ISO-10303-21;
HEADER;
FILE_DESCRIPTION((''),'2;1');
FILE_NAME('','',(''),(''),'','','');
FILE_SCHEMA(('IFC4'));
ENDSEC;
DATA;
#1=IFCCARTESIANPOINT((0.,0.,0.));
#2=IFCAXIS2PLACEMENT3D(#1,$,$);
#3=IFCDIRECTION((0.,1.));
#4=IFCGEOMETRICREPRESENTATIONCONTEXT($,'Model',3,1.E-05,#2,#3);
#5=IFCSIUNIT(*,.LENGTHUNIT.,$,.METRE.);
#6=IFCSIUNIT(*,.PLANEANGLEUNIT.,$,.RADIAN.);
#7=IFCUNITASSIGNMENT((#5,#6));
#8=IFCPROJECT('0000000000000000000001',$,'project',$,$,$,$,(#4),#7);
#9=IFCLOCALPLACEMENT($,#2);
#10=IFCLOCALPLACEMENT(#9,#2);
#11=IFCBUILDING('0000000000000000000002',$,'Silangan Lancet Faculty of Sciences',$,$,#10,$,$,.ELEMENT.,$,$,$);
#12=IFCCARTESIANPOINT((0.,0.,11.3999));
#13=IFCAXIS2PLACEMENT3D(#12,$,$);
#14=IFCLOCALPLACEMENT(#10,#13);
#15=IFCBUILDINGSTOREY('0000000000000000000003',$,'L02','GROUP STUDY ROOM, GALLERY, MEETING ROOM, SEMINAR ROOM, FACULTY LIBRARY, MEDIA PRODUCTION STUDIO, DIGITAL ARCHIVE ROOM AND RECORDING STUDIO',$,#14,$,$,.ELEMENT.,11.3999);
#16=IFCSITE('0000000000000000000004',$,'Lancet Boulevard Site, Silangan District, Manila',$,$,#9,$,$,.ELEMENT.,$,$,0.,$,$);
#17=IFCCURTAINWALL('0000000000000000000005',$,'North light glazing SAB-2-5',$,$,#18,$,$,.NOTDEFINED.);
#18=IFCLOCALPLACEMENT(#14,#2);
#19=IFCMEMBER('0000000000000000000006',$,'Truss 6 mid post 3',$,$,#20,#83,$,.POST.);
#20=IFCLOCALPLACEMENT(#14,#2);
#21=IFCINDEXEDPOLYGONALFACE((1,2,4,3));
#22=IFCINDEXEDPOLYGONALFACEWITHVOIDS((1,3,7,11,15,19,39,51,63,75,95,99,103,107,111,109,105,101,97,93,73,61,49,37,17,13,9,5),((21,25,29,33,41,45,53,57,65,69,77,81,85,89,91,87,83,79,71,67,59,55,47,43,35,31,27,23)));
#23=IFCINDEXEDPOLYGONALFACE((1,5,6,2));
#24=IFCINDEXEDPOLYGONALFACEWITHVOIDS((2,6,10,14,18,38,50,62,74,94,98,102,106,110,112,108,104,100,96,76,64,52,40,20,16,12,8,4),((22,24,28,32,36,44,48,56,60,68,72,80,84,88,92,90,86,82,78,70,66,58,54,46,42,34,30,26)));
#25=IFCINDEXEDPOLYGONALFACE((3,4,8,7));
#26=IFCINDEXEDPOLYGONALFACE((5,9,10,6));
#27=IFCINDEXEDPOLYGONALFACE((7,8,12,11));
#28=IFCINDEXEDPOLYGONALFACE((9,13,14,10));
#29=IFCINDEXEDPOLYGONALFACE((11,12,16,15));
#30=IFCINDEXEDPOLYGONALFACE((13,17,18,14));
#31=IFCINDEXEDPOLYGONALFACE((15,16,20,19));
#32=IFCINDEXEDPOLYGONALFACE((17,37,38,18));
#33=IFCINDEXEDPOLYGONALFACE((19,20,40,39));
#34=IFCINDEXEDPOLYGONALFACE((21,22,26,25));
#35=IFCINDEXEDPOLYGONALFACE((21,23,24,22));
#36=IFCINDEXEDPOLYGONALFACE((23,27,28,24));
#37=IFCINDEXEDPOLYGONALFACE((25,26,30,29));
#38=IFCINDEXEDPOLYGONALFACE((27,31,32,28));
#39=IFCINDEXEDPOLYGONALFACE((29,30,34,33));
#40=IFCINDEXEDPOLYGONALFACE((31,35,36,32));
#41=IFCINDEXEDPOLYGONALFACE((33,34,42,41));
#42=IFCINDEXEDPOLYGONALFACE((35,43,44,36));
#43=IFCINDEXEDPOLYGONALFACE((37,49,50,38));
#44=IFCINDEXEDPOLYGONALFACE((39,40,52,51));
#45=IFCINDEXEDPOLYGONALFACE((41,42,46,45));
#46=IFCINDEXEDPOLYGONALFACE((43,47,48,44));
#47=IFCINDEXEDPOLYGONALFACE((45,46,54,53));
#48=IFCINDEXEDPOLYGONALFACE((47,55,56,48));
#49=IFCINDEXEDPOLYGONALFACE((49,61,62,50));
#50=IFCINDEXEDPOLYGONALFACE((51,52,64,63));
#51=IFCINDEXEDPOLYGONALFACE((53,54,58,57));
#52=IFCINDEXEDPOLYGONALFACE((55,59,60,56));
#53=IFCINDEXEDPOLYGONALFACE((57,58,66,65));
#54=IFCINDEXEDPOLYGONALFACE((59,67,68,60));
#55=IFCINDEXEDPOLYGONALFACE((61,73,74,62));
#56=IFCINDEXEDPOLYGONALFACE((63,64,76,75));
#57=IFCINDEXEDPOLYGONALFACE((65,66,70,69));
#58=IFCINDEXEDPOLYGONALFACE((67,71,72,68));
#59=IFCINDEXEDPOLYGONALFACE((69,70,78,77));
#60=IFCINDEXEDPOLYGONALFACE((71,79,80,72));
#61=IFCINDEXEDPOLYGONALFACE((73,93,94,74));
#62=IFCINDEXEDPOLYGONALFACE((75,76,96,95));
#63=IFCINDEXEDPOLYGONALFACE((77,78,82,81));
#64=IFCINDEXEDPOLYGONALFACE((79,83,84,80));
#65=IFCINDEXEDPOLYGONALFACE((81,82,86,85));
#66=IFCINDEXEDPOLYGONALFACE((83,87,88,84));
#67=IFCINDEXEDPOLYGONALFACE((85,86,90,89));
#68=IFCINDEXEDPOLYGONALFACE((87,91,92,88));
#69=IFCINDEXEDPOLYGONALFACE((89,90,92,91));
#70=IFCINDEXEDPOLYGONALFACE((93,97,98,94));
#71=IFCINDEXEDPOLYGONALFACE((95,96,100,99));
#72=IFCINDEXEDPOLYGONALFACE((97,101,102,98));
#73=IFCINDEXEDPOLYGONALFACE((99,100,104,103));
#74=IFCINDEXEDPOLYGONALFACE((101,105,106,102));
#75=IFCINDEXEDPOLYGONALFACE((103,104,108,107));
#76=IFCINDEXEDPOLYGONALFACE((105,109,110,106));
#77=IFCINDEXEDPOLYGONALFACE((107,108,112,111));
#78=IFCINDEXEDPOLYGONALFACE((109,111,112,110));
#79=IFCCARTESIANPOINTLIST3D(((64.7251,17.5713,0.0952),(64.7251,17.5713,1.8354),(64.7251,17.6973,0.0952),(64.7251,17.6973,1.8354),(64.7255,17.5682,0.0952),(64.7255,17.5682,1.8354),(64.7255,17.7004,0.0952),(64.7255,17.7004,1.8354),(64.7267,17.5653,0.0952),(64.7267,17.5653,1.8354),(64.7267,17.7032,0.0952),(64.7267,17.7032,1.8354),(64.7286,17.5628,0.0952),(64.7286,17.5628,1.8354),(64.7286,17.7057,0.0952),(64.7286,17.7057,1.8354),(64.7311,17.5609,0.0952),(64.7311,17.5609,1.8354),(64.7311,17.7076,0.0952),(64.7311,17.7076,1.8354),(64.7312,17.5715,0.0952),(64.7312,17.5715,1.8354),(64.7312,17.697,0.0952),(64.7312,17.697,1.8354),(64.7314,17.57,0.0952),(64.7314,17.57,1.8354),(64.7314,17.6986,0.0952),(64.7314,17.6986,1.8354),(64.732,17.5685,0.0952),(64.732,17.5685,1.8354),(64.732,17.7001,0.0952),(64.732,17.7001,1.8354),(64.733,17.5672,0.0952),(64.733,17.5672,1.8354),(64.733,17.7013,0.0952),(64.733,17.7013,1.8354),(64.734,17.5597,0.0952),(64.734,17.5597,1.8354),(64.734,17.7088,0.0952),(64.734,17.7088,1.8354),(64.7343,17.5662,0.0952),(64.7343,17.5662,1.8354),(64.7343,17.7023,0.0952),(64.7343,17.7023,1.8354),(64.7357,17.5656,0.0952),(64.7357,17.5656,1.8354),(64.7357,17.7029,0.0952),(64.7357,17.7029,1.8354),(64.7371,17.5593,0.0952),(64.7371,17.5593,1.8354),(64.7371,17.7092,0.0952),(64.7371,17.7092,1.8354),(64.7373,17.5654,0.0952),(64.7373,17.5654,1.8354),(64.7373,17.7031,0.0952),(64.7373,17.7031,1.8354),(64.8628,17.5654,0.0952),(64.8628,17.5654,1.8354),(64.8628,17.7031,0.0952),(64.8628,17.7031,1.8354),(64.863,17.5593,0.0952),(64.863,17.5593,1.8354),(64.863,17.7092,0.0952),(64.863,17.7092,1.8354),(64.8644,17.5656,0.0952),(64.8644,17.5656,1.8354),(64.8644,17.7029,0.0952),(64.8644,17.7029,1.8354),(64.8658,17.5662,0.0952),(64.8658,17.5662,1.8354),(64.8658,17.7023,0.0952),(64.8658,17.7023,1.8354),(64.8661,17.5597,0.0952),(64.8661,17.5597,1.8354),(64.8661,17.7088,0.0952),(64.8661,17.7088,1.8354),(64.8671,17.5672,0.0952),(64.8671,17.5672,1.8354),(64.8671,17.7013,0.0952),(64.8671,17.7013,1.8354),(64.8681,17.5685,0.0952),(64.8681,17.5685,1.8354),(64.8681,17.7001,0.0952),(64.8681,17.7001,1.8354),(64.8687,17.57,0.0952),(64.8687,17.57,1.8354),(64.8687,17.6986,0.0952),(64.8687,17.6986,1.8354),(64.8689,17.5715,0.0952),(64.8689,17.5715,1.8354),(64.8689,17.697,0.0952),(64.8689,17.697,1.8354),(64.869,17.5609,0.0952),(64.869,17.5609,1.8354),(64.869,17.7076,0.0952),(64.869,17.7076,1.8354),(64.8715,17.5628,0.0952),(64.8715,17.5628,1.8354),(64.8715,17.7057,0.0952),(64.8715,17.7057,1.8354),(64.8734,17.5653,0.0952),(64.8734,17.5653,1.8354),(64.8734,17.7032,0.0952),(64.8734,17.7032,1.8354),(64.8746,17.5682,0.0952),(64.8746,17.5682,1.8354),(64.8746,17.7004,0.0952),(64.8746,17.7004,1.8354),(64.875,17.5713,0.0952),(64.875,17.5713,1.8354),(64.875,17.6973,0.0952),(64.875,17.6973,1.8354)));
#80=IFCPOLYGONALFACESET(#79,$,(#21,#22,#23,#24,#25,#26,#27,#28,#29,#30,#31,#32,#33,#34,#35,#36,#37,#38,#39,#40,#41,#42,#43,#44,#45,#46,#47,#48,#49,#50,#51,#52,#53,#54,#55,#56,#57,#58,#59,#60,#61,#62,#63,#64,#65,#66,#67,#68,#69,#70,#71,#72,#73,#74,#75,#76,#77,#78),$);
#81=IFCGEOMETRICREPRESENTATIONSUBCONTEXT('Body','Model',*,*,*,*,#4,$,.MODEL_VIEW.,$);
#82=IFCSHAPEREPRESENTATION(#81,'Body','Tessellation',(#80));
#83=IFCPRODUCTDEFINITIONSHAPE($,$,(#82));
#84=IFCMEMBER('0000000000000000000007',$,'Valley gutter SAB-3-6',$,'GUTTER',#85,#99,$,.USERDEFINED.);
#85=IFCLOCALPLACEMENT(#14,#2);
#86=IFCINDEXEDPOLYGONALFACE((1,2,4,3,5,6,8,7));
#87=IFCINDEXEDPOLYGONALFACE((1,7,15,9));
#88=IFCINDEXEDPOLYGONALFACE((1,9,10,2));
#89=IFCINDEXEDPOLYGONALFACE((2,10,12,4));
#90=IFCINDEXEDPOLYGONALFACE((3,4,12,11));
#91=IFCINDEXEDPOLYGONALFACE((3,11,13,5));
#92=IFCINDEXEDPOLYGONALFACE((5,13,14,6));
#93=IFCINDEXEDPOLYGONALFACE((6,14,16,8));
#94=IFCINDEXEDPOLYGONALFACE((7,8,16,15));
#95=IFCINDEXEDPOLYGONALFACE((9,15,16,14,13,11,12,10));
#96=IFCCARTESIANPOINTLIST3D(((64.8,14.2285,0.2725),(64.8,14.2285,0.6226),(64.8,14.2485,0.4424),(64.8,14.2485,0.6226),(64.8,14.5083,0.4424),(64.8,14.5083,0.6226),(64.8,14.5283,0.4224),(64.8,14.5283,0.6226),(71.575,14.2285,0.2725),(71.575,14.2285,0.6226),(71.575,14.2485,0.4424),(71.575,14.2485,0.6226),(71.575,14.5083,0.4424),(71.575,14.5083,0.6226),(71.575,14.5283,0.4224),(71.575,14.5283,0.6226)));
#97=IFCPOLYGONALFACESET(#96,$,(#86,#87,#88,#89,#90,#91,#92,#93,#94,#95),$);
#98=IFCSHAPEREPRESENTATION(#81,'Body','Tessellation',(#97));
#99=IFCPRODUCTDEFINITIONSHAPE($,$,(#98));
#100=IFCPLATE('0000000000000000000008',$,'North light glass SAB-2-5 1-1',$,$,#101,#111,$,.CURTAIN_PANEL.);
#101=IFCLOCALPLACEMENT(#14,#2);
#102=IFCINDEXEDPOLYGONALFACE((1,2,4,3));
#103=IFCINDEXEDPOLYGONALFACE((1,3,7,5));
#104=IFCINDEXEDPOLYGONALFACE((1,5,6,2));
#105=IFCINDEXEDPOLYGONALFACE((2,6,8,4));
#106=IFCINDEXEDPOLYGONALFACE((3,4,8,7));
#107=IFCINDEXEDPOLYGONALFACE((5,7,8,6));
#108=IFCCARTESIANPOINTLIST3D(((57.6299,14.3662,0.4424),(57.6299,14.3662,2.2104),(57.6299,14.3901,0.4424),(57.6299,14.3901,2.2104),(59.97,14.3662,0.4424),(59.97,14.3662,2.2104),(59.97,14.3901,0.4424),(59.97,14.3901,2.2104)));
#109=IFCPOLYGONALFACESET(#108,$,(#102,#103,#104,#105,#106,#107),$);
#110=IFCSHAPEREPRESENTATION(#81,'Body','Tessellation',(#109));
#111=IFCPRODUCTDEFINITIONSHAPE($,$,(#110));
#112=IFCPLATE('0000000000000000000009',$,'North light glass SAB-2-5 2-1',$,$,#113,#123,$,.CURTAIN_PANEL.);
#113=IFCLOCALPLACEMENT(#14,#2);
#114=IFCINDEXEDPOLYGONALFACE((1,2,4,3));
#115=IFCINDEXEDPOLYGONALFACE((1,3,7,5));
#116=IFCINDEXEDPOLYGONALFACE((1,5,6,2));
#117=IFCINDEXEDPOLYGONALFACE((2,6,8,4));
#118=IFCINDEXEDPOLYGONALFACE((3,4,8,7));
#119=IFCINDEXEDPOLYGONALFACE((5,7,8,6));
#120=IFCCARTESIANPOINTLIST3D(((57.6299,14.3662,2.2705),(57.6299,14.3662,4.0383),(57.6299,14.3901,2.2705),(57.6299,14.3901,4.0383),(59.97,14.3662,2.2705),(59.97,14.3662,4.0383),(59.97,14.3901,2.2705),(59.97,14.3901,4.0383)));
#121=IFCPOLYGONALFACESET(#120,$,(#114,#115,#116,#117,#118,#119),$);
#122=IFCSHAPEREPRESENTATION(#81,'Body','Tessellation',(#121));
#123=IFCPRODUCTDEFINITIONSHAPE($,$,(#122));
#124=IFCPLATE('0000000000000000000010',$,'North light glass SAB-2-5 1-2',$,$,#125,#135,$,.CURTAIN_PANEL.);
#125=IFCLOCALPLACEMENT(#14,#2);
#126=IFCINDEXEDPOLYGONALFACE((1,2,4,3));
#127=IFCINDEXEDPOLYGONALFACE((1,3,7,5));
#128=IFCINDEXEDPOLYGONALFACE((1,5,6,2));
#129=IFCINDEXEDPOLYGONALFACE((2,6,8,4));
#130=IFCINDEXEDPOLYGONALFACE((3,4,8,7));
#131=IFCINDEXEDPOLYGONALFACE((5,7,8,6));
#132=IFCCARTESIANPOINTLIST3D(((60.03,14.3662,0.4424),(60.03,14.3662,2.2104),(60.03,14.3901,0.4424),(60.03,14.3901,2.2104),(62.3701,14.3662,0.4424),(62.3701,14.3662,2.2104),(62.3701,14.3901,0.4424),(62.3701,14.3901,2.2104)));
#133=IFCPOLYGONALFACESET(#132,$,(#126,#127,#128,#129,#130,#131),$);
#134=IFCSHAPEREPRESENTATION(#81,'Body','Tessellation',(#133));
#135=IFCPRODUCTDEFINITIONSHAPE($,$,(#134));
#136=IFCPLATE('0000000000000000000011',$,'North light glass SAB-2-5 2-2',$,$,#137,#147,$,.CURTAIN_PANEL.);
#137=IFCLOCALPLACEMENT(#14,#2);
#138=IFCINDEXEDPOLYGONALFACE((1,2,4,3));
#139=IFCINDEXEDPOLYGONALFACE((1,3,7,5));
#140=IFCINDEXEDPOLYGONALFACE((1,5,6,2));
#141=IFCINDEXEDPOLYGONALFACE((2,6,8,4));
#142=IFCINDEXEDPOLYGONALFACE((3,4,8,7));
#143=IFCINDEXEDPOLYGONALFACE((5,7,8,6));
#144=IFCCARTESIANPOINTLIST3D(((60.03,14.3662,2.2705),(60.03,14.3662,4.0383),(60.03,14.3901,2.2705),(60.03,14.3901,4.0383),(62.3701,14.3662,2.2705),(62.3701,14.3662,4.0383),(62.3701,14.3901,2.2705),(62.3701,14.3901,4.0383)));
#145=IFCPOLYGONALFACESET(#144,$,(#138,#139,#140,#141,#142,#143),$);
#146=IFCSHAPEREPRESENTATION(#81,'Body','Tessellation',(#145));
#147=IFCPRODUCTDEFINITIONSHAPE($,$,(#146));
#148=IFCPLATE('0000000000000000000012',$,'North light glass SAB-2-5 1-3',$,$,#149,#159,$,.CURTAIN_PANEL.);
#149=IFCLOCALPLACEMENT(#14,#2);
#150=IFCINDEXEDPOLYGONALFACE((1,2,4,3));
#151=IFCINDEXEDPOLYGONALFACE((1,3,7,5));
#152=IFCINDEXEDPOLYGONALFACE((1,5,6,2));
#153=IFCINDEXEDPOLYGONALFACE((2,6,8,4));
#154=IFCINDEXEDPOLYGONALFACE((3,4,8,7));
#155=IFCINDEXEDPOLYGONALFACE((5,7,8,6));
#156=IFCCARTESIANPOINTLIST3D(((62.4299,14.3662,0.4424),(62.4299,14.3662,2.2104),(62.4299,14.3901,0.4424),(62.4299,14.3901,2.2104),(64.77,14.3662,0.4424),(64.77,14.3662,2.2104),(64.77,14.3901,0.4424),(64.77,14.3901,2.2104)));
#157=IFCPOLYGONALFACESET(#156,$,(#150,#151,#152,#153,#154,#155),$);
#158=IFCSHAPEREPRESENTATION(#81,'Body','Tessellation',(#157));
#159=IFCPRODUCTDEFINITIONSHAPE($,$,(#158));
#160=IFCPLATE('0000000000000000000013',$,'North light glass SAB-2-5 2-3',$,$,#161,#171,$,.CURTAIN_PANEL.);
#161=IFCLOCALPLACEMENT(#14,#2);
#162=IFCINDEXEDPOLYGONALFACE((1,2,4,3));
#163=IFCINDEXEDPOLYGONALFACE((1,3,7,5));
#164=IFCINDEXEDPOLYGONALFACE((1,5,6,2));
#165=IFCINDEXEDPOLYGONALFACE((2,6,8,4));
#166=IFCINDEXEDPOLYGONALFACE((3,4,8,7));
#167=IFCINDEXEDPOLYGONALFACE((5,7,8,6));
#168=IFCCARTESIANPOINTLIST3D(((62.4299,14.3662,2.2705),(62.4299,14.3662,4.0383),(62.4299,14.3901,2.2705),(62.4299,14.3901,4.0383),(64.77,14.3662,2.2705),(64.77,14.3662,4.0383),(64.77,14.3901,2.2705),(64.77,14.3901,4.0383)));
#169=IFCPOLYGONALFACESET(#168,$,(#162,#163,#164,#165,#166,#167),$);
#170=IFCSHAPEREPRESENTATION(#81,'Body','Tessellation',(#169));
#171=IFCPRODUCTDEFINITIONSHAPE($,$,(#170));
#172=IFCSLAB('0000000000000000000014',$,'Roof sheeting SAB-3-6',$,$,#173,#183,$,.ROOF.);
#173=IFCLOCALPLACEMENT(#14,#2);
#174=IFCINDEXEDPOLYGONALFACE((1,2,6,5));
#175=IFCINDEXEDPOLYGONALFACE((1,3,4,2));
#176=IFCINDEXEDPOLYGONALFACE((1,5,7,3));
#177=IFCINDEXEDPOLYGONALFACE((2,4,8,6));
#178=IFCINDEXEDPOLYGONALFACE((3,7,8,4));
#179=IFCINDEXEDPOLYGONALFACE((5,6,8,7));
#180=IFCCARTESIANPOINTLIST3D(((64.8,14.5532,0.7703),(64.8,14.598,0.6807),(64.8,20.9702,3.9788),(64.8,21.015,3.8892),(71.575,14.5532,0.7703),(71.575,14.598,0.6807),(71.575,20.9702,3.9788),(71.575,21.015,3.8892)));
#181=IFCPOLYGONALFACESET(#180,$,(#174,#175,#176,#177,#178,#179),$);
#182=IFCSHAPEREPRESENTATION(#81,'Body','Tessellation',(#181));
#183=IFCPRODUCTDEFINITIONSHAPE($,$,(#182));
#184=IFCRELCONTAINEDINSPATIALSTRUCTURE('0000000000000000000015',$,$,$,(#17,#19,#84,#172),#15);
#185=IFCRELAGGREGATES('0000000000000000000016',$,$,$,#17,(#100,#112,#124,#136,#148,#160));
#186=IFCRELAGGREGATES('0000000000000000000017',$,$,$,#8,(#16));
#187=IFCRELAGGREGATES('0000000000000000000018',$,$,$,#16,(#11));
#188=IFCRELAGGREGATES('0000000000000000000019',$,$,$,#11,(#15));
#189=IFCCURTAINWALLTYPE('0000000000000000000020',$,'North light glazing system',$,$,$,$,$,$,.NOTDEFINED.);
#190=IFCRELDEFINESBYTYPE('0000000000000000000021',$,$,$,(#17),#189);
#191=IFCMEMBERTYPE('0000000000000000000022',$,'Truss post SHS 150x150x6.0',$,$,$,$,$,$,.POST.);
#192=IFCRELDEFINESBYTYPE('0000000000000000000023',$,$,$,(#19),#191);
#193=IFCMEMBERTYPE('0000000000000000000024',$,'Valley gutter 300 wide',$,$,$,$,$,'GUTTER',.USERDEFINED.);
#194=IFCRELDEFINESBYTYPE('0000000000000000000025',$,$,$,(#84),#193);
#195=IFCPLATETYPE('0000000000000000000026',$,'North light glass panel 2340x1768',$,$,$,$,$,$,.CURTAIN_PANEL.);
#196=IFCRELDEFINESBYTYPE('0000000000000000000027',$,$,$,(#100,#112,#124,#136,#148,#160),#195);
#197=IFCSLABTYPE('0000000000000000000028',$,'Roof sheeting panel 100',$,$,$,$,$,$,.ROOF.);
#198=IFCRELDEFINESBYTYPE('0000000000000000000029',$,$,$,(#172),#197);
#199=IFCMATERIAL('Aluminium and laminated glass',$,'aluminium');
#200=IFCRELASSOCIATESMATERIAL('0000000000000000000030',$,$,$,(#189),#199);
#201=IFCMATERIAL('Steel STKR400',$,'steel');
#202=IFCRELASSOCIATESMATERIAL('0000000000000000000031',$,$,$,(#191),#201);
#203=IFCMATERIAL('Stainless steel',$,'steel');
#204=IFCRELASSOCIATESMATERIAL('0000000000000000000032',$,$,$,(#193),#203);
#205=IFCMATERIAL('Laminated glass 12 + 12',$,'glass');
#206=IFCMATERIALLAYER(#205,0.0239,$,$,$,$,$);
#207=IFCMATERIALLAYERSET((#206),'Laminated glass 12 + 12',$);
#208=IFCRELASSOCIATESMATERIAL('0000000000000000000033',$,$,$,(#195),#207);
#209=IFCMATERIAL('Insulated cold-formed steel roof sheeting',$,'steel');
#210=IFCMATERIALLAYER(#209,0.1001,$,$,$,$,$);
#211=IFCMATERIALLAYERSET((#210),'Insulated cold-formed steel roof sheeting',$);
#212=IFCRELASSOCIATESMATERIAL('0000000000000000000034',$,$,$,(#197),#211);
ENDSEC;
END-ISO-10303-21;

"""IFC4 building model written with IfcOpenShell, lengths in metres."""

from ifc_helpers import new_model, si_unit, direction, frame, origin, origin_2d, place, context, subcontext, project, spatial, polyline, hollow_rectangle, outline, extrude, material, layer, layer_set, material_profile, profile_set, type_object, element, aggregate, save


model = new_model("IFC4")

# Units and contexts
model_context = context("Model", 3, precision=1e-05, world=origin(), true_north=direction((0.0, 1.0)))
body_context = subcontext(model_context, "Body", "Model", "MODEL_VIEW")
ifc_project = project(units=[si_unit("LENGTHUNIT", "METRE"), si_unit("PLANEANGLEUNIT", "RADIAN")], contexts=[model_context])

# Site, building, storey
site_placement = place(None, origin())
site = spatial("IfcSite", under=ifc_project, at=site_placement, Name="Lancet Boulevard Site, Silangan District, Manila", CompositionType="ELEMENT", RefElevation=0.0)
building_placement = place(site_placement, origin())
building = spatial("IfcBuilding", under=site, at=building_placement, Name="Silangan Lancet Faculty of Sciences", CompositionType="ELEMENT")
storey_placement = place(building_placement, frame((0.0, 0.0, 11.3999)))
storey = spatial("IfcBuildingStorey", under=building, at=storey_placement, Name="L02", Description="GROUP STUDY ROOM, GALLERY, MEETING ROOM, SEMINAR ROOM, FACULTY LIBRARY, MEDIA PRODUCTION STUDIO, DIGITAL ARCHIVE ROOM AND RECORDING STUDIO", CompositionType="ELEMENT", Elevation=11.3999)

# Curtain wall
ifc_material_1 = material(Name="Aluminium and laminated glass", Category="aluminium")
curtain_wall_type = type_object("IfcCurtainWallType", Name="North light glazing system", PredefinedType="NOTDEFINED", material=ifc_material_1)
curtain_wall_1_placement = place(storey_placement, origin())
curtain_wall_1 = element("IfcCurtainWall", 1, at=curtain_wall_1_placement, inside=storey, type_object=curtain_wall_type, Name="North light glazing SAB-2-5", PredefinedType="NOTDEFINED")

# Members
ifc_material_2 = material(Name="Steel STKR400", Category="steel")
ifc_material_profile_1 = material_profile(ifc_material_2, hollow_rectangle(XDim=0.1499, YDim=0.1499, WallThickness=0.0061, InnerFilletRadius=0.0061, OuterFilletRadius=0.012, at=origin_2d()), Name="SHS 150x150x6.0")
ifc_profile_set_1 = profile_set([ifc_material_profile_1], Name="Steel STKR400")
member_type_1 = type_object("IfcMemberType", Name="Truss post SHS 150x150x6.0", PredefinedType="POST", material=ifc_profile_set_1)
member_1_placement = place(storey_placement, frame((64.8, 17.6343, 0.0952), z_axis=(0.0, 0.0, 1.0), x_axis=(1.0, 0.0, 0.0)))
element("IfcMember", 2, at=member_1_placement, inside=storey, type_object=member_type_1, Name="Truss 6 mid post 3", PredefinedType="POST", context=body_context, shape_type="SweptSolid", body=[
    extrude(hollow_rectangle(XDim=0.1499, YDim=0.1499, WallThickness=0.0061, InnerFilletRadius=0.0061, OuterFilletRadius=0.012, at=origin_2d()), origin(), (0.0, 0.0, 1.0), 1.7402),
])
ifc_material_3 = material(Name="Stainless steel", Category="steel")
ifc_material_profile_2 = material_profile(ifc_material_3, outline(polyline([(-0.1499, 0.0), (0.1499, 0.1499), (0.1499, 0.3501), (0.1299, 0.3501), (0.1299, 0.1699), (-0.1299, 0.1699), (-0.1299, 0.3501), (-0.1499, 0.3501), (-0.1499, 0.0)])), Name="valley gutter")
ifc_profile_set_2 = profile_set([ifc_material_profile_2], Name="Stainless steel")
member_type_2 = type_object("IfcMemberType", Name="Valley gutter 300 wide", ElementType="GUTTER", PredefinedType="USERDEFINED", material=ifc_profile_set_2)
member_2_placement = place(storey_placement, frame((64.8, 14.3784, 0.2725), z_axis=(1.0, 0.0, 0.0), x_axis=(0.0, 1.0, 0.0)))
element("IfcMember", 3, at=member_2_placement, inside=storey, type_object=member_type_2, Name="Valley gutter SAB-3-6", ObjectType="GUTTER", PredefinedType="USERDEFINED", context=body_context, shape_type="SweptSolid", body=[
    extrude(outline(polyline([(-0.1499, 0.0), (0.1499, 0.1499), (0.1499, 0.3501), (0.1299, 0.3501), (0.1299, 0.1699), (-0.1299, 0.1699), (-0.1299, 0.3501), (-0.1499, 0.3501), (-0.1499, 0.0)])), origin(), (0.0, 0.0, 1.0), 6.7749),
])

# Plates
ifc_material_4 = material(Name="Laminated glass 12 + 12", Category="glass")
ifc_layer_1 = layer(ifc_material_4, 0.0239)
ifc_layer_set_1 = layer_set([ifc_layer_1], Name="Laminated glass 12 + 12")
plate_type = type_object("IfcPlateType", Name="North light glass panel 2340x1768", PredefinedType="CURTAIN_PANEL", material=ifc_layer_set_1)
plate_1_placement = place(storey_placement, frame((57.6299, 14.3662, 0.4424), z_axis=(0.0, -1.0, 0.0), x_axis=(1.0, 0.0, 0.0)))
plate_1 = element("IfcPlate", 4, at=plate_1_placement, type_object=plate_type, Name="North light glass SAB-2-5 1-1", PredefinedType="CURTAIN_PANEL", context=body_context, shape_type="SweptSolid", body=[
    extrude(outline(polyline([(0.0, 0.0), (2.3401, 0.0), (2.3401, 1.7681), (0.0, 1.7681), (0.0, 0.0)])), origin(), (0.0, 0.0, -1.0), 0.0239),
])
plate_2_placement = place(storey_placement, frame((57.6299, 14.3662, 2.2705), z_axis=(0.0, -1.0, 0.0), x_axis=(1.0, 0.0, 0.0)))
plate_2 = element("IfcPlate", 5, at=plate_2_placement, type_object=plate_type, Name="North light glass SAB-2-5 2-1", PredefinedType="CURTAIN_PANEL", context=body_context, shape_type="SweptSolid", body=[
    extrude(outline(polyline([(0.0, 0.0), (2.3401, 0.0), (2.3401, 1.7678), (0.0, 1.7678), (0.0, 0.0)])), origin(), (0.0, 0.0, -1.0), 0.0239),
])
plate_3_placement = place(storey_placement, frame((60.03, 14.3662, 0.4424), z_axis=(0.0, -1.0, 0.0), x_axis=(1.0, 0.0, 0.0)))
plate_3 = element("IfcPlate", 6, at=plate_3_placement, type_object=plate_type, Name="North light glass SAB-2-5 1-2", PredefinedType="CURTAIN_PANEL", context=body_context, shape_type="SweptSolid", body=[
    extrude(outline(polyline([(0.0, 0.0), (2.3401, 0.0), (2.3401, 1.7681), (0.0, 1.7681), (0.0, 0.0)])), origin(), (0.0, 0.0, -1.0), 0.0239),
])
plate_4_placement = place(storey_placement, frame((60.03, 14.3662, 2.2705), z_axis=(0.0, -1.0, 0.0), x_axis=(1.0, 0.0, 0.0)))
plate_4 = element("IfcPlate", 7, at=plate_4_placement, type_object=plate_type, Name="North light glass SAB-2-5 2-2", PredefinedType="CURTAIN_PANEL", context=body_context, shape_type="SweptSolid", body=[
    extrude(outline(polyline([(0.0, 0.0), (2.3401, 0.0), (2.3401, 1.7678), (0.0, 1.7678), (0.0, 0.0)])), origin(), (0.0, 0.0, -1.0), 0.0239),
])
plate_5_placement = place(storey_placement, frame((62.4299, 14.3662, 0.4424), z_axis=(0.0, -1.0, 0.0), x_axis=(1.0, 0.0, 0.0)))
plate_5 = element("IfcPlate", 8, at=plate_5_placement, type_object=plate_type, Name="North light glass SAB-2-5 1-3", PredefinedType="CURTAIN_PANEL", context=body_context, shape_type="SweptSolid", body=[
    extrude(outline(polyline([(0.0, 0.0), (2.3401, 0.0), (2.3401, 1.7681), (0.0, 1.7681), (0.0, 0.0)])), origin(), (0.0, 0.0, -1.0), 0.0239),
])
plate_6_placement = place(storey_placement, frame((62.4299, 14.3662, 2.2705), z_axis=(0.0, -1.0, 0.0), x_axis=(1.0, 0.0, 0.0)))
plate_6 = element("IfcPlate", 9, at=plate_6_placement, type_object=plate_type, Name="North light glass SAB-2-5 2-3", PredefinedType="CURTAIN_PANEL", context=body_context, shape_type="SweptSolid", body=[
    extrude(outline(polyline([(0.0, 0.0), (2.3401, 0.0), (2.3401, 1.7678), (0.0, 1.7678), (0.0, 0.0)])), origin(), (0.0, 0.0, -1.0), 0.0239),
])
aggregate(curtain_wall_1, [plate_1, plate_2, plate_3, plate_4, plate_5, plate_6])

# Slab
ifc_material_5 = material(Name="Insulated cold-formed steel roof sheeting", Category="steel")
ifc_layer_2 = layer(ifc_material_5, 0.1001)
ifc_layer_set_2 = layer_set([ifc_layer_2], Name="Insulated cold-formed steel roof sheeting")
slab_type = type_object("IfcSlabType", Name="Roof sheeting panel 100", PredefinedType="ROOF", material=ifc_layer_set_2)
slab_placement = place(storey_placement, frame((64.8, 14.5532, 0.7703), z_axis=(0.0, -0.447214, 0.894427), x_axis=(1.0, 0.0, 0.0)))
element("IfcSlab", 10, at=slab_placement, inside=storey, type_object=slab_type, Name="Roof sheeting SAB-3-6", PredefinedType="ROOF", context=body_context, shape_type="SweptSolid", body=[
    extrude(outline(polyline([(0.0, 0.0), (6.7749, 0.0), (6.7749, 7.1744), (0.0, 7.1744), (0.0, 0.0)])), origin(), (0.0, 0.0, -1.0), 0.1001),
])

save(model, "model.ifc")
